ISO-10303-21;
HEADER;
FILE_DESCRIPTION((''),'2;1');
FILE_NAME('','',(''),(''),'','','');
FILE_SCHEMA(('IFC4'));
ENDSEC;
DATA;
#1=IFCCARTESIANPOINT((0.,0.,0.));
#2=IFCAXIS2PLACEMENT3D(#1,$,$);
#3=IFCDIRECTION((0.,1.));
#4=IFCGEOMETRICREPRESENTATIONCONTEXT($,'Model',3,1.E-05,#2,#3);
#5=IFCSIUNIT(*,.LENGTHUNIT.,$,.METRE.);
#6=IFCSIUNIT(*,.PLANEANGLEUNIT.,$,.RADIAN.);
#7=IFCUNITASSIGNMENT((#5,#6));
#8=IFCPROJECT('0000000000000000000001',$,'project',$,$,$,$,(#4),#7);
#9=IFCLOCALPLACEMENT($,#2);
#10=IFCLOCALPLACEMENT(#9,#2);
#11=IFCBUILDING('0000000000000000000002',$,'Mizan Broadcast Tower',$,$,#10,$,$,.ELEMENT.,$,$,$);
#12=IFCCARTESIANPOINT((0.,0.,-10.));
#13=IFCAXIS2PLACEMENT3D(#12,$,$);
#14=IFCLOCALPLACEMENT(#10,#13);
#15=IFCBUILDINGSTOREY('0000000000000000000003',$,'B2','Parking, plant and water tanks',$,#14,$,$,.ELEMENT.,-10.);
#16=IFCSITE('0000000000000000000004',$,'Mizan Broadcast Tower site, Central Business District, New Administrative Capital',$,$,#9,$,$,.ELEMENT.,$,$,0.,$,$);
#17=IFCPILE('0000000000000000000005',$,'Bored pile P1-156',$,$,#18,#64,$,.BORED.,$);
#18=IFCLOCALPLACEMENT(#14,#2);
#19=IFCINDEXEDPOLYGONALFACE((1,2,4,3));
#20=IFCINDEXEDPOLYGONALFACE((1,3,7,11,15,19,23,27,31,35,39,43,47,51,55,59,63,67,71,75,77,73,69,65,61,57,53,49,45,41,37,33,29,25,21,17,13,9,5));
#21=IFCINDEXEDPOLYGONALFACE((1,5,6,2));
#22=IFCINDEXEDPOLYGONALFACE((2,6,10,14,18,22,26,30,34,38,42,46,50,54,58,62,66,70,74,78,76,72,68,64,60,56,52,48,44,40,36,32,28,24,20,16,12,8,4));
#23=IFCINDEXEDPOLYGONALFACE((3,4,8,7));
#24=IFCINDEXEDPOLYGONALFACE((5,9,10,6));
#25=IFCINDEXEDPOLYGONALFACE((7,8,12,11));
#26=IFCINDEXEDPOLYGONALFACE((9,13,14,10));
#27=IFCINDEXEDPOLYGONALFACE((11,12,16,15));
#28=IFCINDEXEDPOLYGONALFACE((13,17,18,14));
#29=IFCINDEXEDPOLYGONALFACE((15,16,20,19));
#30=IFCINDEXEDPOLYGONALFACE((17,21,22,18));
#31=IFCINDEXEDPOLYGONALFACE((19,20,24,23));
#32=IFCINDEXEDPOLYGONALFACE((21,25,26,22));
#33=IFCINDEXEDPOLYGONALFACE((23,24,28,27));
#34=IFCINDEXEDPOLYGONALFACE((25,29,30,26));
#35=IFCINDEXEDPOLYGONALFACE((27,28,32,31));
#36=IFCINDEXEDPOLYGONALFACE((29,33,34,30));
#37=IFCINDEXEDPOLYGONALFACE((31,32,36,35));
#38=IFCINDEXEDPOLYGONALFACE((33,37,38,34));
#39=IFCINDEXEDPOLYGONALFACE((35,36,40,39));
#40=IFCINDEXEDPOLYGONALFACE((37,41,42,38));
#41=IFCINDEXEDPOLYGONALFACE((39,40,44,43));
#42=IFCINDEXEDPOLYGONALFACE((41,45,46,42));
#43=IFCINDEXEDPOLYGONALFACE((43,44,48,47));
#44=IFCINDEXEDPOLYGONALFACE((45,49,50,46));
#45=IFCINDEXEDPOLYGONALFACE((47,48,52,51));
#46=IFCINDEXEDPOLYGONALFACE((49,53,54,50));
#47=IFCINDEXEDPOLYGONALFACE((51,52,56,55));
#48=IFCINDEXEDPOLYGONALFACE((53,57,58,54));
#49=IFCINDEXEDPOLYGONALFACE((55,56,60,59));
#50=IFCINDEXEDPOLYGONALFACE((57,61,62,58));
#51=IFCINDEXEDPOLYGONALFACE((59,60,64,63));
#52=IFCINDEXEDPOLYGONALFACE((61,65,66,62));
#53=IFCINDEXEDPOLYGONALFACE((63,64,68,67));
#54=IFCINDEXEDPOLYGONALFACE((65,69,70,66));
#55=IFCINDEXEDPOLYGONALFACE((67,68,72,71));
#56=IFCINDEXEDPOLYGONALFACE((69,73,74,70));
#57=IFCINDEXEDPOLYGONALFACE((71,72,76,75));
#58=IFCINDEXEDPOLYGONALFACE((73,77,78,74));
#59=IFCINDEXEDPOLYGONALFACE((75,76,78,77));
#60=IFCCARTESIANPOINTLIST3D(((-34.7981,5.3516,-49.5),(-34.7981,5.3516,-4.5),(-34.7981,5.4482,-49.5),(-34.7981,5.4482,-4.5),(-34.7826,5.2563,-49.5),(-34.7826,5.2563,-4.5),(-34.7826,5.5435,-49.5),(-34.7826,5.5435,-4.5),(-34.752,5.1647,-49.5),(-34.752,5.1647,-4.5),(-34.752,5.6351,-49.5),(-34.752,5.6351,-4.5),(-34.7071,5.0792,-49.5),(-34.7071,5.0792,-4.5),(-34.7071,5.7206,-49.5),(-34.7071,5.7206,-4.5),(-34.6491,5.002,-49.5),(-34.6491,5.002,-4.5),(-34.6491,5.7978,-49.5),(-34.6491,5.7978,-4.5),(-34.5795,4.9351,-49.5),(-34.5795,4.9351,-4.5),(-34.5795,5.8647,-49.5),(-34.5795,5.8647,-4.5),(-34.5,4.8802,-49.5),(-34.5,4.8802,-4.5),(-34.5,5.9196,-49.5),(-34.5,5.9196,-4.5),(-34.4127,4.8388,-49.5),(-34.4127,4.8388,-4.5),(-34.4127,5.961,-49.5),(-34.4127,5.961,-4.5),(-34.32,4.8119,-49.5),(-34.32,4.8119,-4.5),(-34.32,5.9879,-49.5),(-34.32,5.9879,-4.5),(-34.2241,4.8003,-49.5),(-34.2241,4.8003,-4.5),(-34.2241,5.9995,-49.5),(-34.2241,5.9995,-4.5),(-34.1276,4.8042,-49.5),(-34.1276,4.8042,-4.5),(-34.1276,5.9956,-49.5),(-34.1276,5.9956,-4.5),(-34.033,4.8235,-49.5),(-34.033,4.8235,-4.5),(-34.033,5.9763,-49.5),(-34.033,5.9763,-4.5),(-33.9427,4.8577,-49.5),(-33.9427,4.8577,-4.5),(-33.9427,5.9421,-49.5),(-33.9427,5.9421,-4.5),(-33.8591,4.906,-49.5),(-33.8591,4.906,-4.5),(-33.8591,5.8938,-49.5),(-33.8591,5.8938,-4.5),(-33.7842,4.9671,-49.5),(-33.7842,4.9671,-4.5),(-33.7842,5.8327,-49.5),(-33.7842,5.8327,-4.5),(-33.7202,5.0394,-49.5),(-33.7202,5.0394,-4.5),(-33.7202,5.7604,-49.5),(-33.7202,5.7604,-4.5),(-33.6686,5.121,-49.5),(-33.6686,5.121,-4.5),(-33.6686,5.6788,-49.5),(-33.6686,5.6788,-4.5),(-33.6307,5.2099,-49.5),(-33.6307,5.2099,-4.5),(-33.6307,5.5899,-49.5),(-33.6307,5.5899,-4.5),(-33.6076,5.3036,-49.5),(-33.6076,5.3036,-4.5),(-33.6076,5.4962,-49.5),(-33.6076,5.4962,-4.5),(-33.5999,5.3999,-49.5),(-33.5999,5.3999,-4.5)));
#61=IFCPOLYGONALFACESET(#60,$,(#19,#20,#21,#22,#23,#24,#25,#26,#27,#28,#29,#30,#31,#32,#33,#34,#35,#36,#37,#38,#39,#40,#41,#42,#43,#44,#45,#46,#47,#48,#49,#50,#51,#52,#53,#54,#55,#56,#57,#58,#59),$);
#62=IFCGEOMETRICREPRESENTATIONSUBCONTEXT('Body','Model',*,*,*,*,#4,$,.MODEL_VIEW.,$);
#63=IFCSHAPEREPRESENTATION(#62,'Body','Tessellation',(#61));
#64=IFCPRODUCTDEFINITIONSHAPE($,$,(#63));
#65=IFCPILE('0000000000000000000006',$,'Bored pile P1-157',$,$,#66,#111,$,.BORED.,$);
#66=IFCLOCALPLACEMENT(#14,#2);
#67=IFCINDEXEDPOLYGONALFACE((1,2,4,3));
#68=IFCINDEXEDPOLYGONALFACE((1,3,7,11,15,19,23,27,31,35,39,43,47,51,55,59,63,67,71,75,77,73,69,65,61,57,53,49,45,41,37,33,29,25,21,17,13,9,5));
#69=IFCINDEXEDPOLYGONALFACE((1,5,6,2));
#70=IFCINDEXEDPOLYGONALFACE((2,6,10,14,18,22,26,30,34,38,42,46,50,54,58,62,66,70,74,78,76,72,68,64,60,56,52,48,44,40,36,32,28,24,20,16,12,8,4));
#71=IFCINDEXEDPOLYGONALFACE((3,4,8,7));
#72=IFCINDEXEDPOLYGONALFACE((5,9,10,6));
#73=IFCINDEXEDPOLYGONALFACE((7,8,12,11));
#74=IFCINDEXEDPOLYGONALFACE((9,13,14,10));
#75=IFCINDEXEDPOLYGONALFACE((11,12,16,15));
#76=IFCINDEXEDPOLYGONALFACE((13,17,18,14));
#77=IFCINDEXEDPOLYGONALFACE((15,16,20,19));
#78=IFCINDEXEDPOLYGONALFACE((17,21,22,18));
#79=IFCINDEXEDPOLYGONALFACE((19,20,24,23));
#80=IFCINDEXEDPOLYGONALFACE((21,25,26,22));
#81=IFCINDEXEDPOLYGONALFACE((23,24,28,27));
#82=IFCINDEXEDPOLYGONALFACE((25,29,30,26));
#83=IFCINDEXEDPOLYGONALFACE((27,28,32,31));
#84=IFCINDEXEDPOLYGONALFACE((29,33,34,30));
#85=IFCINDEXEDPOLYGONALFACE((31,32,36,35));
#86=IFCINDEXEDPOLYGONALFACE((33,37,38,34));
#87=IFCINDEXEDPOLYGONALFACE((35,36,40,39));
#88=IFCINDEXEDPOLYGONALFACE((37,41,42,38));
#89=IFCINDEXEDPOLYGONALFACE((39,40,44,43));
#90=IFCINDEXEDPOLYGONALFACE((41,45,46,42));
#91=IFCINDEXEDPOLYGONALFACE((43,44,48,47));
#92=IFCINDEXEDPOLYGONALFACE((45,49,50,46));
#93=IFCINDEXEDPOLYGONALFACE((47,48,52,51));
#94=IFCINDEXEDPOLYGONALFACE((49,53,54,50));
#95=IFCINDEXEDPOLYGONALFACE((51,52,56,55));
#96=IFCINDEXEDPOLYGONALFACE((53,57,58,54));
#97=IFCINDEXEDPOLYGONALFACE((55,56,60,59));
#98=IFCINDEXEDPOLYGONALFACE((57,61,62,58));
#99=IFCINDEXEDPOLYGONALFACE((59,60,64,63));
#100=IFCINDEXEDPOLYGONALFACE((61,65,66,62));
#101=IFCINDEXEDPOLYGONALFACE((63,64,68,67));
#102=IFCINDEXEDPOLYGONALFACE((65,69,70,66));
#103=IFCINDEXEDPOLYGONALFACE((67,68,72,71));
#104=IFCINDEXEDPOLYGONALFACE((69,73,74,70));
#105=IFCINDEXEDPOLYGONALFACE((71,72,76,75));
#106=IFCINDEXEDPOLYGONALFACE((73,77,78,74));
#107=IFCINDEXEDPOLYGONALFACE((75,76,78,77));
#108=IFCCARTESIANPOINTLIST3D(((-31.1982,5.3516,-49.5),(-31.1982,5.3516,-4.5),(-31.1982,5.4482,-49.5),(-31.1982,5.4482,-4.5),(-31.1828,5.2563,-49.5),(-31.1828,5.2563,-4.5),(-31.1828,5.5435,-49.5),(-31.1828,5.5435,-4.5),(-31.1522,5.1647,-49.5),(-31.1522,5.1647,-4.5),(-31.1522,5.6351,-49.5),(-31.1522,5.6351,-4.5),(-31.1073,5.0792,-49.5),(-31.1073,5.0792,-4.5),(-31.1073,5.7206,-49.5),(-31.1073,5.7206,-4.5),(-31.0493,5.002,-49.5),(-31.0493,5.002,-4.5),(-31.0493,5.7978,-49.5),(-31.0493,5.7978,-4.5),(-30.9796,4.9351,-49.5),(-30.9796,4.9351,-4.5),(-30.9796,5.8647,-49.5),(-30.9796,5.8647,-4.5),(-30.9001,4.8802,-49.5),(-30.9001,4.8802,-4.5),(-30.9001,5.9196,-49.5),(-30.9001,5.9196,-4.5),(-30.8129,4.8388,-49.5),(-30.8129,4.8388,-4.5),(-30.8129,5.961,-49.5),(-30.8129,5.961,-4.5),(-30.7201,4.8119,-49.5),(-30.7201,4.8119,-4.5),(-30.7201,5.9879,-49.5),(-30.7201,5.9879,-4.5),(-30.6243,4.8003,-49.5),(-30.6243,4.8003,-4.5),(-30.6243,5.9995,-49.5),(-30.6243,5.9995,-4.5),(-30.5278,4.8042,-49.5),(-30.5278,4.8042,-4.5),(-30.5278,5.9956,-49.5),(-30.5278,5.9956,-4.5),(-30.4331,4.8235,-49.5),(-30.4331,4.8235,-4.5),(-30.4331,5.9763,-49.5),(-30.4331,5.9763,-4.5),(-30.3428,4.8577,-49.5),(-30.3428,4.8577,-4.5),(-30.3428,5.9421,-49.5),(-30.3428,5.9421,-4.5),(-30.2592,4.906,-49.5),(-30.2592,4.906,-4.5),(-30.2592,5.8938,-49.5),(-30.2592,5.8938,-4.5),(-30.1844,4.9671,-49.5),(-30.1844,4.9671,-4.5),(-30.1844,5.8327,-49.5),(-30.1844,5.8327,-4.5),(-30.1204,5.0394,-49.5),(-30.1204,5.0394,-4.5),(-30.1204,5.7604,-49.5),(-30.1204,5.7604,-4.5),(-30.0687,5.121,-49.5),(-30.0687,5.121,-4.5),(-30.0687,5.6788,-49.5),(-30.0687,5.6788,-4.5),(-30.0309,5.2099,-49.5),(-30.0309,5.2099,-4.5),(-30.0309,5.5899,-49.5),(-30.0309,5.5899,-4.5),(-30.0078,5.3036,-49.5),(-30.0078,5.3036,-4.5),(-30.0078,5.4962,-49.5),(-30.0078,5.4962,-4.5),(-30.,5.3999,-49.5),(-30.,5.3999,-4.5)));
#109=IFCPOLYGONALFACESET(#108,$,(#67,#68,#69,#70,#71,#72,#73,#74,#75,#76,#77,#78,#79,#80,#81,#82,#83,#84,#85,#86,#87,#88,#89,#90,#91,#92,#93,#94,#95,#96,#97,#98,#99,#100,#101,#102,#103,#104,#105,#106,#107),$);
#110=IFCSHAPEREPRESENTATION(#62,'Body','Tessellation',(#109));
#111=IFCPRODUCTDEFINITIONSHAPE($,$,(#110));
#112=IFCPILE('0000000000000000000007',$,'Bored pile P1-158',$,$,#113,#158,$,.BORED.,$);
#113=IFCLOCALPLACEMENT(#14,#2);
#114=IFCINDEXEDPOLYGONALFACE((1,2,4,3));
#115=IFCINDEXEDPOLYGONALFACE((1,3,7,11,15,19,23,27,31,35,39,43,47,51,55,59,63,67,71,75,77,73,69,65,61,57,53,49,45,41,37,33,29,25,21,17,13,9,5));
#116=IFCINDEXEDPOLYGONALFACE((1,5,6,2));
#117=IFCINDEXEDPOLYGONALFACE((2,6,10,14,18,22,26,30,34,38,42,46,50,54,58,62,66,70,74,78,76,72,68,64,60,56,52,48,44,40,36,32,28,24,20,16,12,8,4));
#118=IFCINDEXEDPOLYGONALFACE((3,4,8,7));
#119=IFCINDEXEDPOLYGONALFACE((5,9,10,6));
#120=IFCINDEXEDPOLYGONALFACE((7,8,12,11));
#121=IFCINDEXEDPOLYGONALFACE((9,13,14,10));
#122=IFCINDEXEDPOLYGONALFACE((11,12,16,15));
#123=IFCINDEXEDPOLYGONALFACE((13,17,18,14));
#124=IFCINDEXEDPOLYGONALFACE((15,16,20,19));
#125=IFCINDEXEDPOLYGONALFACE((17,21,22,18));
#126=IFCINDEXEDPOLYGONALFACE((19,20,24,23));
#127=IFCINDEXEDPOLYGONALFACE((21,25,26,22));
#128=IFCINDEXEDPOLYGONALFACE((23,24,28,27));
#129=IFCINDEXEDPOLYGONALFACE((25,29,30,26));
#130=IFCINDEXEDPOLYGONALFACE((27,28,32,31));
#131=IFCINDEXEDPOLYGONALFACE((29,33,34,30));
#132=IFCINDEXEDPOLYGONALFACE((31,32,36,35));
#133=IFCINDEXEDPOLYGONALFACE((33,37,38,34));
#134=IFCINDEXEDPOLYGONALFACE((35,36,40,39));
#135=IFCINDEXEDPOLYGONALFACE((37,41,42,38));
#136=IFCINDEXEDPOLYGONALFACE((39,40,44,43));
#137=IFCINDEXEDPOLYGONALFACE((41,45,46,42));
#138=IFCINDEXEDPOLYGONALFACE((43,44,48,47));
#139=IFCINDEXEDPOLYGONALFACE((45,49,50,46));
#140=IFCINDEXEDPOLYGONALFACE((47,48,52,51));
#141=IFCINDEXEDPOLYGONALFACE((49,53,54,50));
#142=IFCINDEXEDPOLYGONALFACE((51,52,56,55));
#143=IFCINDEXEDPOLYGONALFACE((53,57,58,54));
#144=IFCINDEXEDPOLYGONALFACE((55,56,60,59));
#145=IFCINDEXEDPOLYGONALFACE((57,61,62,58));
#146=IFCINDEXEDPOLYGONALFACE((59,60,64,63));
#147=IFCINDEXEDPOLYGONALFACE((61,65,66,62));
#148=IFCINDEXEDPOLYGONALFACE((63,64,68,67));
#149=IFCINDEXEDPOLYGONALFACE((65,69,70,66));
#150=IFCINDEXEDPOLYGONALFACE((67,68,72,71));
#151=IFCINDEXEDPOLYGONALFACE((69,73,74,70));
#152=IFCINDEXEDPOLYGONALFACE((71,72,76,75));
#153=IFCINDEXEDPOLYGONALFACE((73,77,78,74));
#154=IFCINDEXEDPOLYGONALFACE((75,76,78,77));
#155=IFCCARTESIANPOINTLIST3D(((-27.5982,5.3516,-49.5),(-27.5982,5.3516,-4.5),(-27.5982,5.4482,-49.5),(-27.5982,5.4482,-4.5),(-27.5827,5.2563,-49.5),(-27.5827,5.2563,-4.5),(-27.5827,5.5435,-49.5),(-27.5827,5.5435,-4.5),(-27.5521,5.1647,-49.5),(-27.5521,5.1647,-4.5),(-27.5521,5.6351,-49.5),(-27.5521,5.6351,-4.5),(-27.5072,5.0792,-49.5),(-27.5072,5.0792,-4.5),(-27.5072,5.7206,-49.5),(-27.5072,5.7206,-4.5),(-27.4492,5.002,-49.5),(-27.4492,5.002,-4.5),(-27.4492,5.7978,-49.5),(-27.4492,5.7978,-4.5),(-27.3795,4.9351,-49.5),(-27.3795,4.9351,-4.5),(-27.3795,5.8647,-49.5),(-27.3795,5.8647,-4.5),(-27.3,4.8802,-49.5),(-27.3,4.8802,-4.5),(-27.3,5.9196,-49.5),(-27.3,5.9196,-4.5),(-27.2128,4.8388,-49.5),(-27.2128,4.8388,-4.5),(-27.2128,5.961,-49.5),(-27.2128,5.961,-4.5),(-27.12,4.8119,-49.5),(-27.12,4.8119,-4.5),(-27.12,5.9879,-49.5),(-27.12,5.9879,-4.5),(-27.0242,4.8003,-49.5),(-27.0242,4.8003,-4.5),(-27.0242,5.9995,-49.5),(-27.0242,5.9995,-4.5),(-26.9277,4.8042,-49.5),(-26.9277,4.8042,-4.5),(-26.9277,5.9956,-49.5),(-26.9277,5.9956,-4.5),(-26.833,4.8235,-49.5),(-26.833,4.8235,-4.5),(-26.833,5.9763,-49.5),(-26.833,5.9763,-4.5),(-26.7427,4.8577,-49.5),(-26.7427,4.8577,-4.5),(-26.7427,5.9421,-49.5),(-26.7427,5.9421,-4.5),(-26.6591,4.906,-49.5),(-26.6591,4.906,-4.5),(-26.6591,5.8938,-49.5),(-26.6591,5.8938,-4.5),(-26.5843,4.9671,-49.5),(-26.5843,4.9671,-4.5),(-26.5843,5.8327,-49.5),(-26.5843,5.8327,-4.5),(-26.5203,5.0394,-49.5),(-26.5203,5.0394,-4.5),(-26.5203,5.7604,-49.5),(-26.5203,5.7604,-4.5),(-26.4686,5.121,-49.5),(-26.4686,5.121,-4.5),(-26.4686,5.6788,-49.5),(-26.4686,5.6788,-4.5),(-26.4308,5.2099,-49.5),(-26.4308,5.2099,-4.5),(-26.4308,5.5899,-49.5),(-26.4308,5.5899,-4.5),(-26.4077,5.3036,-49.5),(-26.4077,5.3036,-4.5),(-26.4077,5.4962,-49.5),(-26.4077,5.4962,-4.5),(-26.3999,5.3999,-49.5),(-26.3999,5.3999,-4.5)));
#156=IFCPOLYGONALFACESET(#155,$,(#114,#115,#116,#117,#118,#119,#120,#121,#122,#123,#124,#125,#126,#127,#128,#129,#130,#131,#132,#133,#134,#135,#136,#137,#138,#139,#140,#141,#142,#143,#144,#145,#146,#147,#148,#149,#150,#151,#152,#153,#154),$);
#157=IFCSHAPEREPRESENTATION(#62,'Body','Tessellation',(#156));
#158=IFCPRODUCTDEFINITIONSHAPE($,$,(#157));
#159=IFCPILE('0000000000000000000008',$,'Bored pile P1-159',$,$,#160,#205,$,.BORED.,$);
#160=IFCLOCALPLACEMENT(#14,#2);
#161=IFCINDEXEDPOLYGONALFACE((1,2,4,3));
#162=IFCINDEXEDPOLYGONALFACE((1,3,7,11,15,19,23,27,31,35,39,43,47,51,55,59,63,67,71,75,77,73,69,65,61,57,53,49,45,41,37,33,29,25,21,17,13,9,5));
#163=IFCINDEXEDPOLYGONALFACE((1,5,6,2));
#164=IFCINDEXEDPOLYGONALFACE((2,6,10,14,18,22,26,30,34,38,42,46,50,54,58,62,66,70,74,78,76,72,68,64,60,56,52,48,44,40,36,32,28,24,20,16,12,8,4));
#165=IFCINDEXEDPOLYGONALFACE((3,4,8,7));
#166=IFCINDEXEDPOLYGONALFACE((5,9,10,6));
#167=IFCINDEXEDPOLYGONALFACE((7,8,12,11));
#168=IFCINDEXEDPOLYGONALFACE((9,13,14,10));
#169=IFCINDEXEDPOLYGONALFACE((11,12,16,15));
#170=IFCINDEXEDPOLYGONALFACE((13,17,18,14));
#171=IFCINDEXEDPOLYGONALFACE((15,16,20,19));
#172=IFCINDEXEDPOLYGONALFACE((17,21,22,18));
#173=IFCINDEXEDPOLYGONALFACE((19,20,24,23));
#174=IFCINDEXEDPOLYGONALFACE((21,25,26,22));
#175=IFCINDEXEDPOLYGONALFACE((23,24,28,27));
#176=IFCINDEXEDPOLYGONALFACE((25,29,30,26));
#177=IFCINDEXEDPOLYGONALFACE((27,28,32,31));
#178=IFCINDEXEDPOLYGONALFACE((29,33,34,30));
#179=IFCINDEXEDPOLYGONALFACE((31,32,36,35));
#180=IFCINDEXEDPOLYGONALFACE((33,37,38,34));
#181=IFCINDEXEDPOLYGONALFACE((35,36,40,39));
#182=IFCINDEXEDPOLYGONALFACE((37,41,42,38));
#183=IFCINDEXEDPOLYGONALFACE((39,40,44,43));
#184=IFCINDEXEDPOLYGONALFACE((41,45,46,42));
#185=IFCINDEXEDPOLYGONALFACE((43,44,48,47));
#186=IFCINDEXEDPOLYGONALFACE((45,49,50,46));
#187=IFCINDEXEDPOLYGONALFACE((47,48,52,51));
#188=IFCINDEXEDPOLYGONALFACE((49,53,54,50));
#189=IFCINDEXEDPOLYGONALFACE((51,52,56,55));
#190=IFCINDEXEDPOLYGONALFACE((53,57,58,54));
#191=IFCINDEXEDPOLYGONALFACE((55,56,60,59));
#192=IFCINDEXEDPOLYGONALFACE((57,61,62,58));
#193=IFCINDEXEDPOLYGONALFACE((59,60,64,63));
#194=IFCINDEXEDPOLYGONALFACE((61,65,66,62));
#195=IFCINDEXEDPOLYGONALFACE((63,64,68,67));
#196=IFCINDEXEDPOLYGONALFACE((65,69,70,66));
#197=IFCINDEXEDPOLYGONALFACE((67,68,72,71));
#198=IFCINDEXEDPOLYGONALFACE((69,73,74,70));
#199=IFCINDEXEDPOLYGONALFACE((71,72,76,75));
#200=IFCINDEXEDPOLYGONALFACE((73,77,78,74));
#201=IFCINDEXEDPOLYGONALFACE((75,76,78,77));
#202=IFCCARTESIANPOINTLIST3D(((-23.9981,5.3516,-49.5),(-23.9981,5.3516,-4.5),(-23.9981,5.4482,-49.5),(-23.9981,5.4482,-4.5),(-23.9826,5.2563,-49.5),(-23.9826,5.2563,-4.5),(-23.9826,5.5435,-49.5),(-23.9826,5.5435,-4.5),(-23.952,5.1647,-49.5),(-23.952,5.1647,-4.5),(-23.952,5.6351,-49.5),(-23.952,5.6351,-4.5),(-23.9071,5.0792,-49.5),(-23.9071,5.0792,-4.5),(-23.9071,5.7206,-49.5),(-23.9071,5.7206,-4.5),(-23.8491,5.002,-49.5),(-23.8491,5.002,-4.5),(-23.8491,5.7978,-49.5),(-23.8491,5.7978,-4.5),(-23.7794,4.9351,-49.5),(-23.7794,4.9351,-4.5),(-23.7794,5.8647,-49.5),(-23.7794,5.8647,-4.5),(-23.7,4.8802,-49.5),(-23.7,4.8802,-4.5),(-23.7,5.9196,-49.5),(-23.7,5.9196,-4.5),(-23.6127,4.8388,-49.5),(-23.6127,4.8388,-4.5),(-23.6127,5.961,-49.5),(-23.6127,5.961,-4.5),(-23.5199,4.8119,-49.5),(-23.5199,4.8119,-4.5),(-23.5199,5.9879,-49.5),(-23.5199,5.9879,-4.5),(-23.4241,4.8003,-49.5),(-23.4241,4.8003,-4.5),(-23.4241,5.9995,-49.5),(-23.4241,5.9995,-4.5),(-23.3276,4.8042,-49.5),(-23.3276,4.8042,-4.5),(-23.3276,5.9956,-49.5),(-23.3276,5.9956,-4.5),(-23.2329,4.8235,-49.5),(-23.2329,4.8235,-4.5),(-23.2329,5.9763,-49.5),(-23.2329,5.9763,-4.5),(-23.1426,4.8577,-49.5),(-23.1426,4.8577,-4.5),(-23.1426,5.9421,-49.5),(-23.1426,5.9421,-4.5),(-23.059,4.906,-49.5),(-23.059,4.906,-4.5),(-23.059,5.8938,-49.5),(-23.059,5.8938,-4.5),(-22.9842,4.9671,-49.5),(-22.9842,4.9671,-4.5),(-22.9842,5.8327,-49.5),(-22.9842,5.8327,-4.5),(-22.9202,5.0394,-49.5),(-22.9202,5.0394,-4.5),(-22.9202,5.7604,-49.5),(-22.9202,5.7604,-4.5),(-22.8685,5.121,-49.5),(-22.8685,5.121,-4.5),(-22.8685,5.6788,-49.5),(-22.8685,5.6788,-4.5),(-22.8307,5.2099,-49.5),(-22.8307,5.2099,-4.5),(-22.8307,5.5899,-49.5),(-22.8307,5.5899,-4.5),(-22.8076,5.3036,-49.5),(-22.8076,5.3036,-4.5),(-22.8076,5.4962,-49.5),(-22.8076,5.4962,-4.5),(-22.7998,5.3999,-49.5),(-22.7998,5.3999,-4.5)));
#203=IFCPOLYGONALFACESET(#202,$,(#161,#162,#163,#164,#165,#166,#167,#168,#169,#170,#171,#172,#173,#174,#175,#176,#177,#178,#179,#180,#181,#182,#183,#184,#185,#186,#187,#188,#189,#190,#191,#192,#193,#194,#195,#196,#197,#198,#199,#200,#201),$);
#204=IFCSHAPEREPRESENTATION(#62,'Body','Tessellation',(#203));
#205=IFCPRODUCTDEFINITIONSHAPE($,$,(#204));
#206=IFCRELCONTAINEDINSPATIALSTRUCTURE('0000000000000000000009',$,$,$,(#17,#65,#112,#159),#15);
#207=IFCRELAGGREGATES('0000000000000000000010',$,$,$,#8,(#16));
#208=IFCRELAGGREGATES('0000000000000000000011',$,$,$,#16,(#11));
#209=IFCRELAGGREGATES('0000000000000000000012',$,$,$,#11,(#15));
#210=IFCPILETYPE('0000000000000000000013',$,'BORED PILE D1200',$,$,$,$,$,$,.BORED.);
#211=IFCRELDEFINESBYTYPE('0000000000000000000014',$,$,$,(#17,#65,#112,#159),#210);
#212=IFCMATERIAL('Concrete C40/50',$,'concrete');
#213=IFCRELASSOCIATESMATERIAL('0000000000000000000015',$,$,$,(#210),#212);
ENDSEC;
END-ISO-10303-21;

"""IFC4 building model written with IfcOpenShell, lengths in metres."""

from ifc_helpers import new_model, si_unit, direction, frame, origin, origin_2d, place, context, subcontext, project, spatial, circle, extrude, material, material_profile, profile_set, type_object, element, save


model = new_model("IFC4")

# Units and contexts
model_context = context("Model", 3, precision=1e-05, world=origin(), true_north=direction((0.0, 1.0)))
body_context = subcontext(model_context, "Body", "Model", "MODEL_VIEW")
ifc_project = project(units=[si_unit("LENGTHUNIT", "METRE"), si_unit("PLANEANGLEUNIT", "RADIAN")], contexts=[model_context])

# Site, building, storey
site_placement = place(None, origin())
site = spatial("IfcSite", under=ifc_project, at=site_placement, Name="Mizan Broadcast Tower site, Central Business District, New Administrative Capital", CompositionType="ELEMENT", RefElevation=0.0)
building_placement = place(site_placement, origin())
building = spatial("IfcBuilding", under=site, at=building_placement, Name="Mizan Broadcast Tower", CompositionType="ELEMENT")
storey_placement = place(building_placement, frame((0.0, 0.0, -10.0)))
storey = spatial("IfcBuildingStorey", under=building, at=storey_placement, Name="B2", Description="Parking, plant and water tanks", CompositionType="ELEMENT", Elevation=-10.0)

# Piles
ifc_material_1 = material(Name="Concrete C40/50", Category="concrete")
ifc_material_profile_1 = material_profile(ifc_material_1, circle(Radius=0.6001, at=origin_2d()), Name="D1200")
ifc_profile_set_1 = profile_set([ifc_material_profile_1], Name="Concrete C40/50")
pile_type_1 = type_object("IfcPileType", Name="BORED PILE D1200", PredefinedType="BORED", material=ifc_profile_set_1)
for number, where, z_axis, x_axis, name in (
    (1, (-34.2, 5.3999, -4.5), (0.0, 0.0, -1.0), (1.0, 0.0, 0.0), "Bored pile P1-156"),
    (2, (-30.6001, 5.3999, -4.5), (0.0, 0.0, -1.0), (1.0, 0.0, 0.0), "Bored pile P1-157"),
    (3, (-27.0, 5.3999, -4.5), (0.0, 0.0, -1.0), (1.0, 0.0, 0.0), "Bored pile P1-158"),
    (4, (-23.3999, 5.3999, -4.5), (0.0, 0.0, -1.0), (1.0, 0.0, 0.0), "Bored pile P1-159"),
):
    element("IfcPile", number, at=place(storey_placement, frame(where, z_axis=z_axis, x_axis=x_axis)), inside=storey, type_object=pile_type_1, Name=name, PredefinedType="BORED", context=body_context, shape_type="SweptSolid", body=[
        extrude(circle(Radius=0.6001, at=origin_2d()), origin(), (0.0, 0.0, 1.0), 45.0),
    ])

save(model, "model.ifc")
